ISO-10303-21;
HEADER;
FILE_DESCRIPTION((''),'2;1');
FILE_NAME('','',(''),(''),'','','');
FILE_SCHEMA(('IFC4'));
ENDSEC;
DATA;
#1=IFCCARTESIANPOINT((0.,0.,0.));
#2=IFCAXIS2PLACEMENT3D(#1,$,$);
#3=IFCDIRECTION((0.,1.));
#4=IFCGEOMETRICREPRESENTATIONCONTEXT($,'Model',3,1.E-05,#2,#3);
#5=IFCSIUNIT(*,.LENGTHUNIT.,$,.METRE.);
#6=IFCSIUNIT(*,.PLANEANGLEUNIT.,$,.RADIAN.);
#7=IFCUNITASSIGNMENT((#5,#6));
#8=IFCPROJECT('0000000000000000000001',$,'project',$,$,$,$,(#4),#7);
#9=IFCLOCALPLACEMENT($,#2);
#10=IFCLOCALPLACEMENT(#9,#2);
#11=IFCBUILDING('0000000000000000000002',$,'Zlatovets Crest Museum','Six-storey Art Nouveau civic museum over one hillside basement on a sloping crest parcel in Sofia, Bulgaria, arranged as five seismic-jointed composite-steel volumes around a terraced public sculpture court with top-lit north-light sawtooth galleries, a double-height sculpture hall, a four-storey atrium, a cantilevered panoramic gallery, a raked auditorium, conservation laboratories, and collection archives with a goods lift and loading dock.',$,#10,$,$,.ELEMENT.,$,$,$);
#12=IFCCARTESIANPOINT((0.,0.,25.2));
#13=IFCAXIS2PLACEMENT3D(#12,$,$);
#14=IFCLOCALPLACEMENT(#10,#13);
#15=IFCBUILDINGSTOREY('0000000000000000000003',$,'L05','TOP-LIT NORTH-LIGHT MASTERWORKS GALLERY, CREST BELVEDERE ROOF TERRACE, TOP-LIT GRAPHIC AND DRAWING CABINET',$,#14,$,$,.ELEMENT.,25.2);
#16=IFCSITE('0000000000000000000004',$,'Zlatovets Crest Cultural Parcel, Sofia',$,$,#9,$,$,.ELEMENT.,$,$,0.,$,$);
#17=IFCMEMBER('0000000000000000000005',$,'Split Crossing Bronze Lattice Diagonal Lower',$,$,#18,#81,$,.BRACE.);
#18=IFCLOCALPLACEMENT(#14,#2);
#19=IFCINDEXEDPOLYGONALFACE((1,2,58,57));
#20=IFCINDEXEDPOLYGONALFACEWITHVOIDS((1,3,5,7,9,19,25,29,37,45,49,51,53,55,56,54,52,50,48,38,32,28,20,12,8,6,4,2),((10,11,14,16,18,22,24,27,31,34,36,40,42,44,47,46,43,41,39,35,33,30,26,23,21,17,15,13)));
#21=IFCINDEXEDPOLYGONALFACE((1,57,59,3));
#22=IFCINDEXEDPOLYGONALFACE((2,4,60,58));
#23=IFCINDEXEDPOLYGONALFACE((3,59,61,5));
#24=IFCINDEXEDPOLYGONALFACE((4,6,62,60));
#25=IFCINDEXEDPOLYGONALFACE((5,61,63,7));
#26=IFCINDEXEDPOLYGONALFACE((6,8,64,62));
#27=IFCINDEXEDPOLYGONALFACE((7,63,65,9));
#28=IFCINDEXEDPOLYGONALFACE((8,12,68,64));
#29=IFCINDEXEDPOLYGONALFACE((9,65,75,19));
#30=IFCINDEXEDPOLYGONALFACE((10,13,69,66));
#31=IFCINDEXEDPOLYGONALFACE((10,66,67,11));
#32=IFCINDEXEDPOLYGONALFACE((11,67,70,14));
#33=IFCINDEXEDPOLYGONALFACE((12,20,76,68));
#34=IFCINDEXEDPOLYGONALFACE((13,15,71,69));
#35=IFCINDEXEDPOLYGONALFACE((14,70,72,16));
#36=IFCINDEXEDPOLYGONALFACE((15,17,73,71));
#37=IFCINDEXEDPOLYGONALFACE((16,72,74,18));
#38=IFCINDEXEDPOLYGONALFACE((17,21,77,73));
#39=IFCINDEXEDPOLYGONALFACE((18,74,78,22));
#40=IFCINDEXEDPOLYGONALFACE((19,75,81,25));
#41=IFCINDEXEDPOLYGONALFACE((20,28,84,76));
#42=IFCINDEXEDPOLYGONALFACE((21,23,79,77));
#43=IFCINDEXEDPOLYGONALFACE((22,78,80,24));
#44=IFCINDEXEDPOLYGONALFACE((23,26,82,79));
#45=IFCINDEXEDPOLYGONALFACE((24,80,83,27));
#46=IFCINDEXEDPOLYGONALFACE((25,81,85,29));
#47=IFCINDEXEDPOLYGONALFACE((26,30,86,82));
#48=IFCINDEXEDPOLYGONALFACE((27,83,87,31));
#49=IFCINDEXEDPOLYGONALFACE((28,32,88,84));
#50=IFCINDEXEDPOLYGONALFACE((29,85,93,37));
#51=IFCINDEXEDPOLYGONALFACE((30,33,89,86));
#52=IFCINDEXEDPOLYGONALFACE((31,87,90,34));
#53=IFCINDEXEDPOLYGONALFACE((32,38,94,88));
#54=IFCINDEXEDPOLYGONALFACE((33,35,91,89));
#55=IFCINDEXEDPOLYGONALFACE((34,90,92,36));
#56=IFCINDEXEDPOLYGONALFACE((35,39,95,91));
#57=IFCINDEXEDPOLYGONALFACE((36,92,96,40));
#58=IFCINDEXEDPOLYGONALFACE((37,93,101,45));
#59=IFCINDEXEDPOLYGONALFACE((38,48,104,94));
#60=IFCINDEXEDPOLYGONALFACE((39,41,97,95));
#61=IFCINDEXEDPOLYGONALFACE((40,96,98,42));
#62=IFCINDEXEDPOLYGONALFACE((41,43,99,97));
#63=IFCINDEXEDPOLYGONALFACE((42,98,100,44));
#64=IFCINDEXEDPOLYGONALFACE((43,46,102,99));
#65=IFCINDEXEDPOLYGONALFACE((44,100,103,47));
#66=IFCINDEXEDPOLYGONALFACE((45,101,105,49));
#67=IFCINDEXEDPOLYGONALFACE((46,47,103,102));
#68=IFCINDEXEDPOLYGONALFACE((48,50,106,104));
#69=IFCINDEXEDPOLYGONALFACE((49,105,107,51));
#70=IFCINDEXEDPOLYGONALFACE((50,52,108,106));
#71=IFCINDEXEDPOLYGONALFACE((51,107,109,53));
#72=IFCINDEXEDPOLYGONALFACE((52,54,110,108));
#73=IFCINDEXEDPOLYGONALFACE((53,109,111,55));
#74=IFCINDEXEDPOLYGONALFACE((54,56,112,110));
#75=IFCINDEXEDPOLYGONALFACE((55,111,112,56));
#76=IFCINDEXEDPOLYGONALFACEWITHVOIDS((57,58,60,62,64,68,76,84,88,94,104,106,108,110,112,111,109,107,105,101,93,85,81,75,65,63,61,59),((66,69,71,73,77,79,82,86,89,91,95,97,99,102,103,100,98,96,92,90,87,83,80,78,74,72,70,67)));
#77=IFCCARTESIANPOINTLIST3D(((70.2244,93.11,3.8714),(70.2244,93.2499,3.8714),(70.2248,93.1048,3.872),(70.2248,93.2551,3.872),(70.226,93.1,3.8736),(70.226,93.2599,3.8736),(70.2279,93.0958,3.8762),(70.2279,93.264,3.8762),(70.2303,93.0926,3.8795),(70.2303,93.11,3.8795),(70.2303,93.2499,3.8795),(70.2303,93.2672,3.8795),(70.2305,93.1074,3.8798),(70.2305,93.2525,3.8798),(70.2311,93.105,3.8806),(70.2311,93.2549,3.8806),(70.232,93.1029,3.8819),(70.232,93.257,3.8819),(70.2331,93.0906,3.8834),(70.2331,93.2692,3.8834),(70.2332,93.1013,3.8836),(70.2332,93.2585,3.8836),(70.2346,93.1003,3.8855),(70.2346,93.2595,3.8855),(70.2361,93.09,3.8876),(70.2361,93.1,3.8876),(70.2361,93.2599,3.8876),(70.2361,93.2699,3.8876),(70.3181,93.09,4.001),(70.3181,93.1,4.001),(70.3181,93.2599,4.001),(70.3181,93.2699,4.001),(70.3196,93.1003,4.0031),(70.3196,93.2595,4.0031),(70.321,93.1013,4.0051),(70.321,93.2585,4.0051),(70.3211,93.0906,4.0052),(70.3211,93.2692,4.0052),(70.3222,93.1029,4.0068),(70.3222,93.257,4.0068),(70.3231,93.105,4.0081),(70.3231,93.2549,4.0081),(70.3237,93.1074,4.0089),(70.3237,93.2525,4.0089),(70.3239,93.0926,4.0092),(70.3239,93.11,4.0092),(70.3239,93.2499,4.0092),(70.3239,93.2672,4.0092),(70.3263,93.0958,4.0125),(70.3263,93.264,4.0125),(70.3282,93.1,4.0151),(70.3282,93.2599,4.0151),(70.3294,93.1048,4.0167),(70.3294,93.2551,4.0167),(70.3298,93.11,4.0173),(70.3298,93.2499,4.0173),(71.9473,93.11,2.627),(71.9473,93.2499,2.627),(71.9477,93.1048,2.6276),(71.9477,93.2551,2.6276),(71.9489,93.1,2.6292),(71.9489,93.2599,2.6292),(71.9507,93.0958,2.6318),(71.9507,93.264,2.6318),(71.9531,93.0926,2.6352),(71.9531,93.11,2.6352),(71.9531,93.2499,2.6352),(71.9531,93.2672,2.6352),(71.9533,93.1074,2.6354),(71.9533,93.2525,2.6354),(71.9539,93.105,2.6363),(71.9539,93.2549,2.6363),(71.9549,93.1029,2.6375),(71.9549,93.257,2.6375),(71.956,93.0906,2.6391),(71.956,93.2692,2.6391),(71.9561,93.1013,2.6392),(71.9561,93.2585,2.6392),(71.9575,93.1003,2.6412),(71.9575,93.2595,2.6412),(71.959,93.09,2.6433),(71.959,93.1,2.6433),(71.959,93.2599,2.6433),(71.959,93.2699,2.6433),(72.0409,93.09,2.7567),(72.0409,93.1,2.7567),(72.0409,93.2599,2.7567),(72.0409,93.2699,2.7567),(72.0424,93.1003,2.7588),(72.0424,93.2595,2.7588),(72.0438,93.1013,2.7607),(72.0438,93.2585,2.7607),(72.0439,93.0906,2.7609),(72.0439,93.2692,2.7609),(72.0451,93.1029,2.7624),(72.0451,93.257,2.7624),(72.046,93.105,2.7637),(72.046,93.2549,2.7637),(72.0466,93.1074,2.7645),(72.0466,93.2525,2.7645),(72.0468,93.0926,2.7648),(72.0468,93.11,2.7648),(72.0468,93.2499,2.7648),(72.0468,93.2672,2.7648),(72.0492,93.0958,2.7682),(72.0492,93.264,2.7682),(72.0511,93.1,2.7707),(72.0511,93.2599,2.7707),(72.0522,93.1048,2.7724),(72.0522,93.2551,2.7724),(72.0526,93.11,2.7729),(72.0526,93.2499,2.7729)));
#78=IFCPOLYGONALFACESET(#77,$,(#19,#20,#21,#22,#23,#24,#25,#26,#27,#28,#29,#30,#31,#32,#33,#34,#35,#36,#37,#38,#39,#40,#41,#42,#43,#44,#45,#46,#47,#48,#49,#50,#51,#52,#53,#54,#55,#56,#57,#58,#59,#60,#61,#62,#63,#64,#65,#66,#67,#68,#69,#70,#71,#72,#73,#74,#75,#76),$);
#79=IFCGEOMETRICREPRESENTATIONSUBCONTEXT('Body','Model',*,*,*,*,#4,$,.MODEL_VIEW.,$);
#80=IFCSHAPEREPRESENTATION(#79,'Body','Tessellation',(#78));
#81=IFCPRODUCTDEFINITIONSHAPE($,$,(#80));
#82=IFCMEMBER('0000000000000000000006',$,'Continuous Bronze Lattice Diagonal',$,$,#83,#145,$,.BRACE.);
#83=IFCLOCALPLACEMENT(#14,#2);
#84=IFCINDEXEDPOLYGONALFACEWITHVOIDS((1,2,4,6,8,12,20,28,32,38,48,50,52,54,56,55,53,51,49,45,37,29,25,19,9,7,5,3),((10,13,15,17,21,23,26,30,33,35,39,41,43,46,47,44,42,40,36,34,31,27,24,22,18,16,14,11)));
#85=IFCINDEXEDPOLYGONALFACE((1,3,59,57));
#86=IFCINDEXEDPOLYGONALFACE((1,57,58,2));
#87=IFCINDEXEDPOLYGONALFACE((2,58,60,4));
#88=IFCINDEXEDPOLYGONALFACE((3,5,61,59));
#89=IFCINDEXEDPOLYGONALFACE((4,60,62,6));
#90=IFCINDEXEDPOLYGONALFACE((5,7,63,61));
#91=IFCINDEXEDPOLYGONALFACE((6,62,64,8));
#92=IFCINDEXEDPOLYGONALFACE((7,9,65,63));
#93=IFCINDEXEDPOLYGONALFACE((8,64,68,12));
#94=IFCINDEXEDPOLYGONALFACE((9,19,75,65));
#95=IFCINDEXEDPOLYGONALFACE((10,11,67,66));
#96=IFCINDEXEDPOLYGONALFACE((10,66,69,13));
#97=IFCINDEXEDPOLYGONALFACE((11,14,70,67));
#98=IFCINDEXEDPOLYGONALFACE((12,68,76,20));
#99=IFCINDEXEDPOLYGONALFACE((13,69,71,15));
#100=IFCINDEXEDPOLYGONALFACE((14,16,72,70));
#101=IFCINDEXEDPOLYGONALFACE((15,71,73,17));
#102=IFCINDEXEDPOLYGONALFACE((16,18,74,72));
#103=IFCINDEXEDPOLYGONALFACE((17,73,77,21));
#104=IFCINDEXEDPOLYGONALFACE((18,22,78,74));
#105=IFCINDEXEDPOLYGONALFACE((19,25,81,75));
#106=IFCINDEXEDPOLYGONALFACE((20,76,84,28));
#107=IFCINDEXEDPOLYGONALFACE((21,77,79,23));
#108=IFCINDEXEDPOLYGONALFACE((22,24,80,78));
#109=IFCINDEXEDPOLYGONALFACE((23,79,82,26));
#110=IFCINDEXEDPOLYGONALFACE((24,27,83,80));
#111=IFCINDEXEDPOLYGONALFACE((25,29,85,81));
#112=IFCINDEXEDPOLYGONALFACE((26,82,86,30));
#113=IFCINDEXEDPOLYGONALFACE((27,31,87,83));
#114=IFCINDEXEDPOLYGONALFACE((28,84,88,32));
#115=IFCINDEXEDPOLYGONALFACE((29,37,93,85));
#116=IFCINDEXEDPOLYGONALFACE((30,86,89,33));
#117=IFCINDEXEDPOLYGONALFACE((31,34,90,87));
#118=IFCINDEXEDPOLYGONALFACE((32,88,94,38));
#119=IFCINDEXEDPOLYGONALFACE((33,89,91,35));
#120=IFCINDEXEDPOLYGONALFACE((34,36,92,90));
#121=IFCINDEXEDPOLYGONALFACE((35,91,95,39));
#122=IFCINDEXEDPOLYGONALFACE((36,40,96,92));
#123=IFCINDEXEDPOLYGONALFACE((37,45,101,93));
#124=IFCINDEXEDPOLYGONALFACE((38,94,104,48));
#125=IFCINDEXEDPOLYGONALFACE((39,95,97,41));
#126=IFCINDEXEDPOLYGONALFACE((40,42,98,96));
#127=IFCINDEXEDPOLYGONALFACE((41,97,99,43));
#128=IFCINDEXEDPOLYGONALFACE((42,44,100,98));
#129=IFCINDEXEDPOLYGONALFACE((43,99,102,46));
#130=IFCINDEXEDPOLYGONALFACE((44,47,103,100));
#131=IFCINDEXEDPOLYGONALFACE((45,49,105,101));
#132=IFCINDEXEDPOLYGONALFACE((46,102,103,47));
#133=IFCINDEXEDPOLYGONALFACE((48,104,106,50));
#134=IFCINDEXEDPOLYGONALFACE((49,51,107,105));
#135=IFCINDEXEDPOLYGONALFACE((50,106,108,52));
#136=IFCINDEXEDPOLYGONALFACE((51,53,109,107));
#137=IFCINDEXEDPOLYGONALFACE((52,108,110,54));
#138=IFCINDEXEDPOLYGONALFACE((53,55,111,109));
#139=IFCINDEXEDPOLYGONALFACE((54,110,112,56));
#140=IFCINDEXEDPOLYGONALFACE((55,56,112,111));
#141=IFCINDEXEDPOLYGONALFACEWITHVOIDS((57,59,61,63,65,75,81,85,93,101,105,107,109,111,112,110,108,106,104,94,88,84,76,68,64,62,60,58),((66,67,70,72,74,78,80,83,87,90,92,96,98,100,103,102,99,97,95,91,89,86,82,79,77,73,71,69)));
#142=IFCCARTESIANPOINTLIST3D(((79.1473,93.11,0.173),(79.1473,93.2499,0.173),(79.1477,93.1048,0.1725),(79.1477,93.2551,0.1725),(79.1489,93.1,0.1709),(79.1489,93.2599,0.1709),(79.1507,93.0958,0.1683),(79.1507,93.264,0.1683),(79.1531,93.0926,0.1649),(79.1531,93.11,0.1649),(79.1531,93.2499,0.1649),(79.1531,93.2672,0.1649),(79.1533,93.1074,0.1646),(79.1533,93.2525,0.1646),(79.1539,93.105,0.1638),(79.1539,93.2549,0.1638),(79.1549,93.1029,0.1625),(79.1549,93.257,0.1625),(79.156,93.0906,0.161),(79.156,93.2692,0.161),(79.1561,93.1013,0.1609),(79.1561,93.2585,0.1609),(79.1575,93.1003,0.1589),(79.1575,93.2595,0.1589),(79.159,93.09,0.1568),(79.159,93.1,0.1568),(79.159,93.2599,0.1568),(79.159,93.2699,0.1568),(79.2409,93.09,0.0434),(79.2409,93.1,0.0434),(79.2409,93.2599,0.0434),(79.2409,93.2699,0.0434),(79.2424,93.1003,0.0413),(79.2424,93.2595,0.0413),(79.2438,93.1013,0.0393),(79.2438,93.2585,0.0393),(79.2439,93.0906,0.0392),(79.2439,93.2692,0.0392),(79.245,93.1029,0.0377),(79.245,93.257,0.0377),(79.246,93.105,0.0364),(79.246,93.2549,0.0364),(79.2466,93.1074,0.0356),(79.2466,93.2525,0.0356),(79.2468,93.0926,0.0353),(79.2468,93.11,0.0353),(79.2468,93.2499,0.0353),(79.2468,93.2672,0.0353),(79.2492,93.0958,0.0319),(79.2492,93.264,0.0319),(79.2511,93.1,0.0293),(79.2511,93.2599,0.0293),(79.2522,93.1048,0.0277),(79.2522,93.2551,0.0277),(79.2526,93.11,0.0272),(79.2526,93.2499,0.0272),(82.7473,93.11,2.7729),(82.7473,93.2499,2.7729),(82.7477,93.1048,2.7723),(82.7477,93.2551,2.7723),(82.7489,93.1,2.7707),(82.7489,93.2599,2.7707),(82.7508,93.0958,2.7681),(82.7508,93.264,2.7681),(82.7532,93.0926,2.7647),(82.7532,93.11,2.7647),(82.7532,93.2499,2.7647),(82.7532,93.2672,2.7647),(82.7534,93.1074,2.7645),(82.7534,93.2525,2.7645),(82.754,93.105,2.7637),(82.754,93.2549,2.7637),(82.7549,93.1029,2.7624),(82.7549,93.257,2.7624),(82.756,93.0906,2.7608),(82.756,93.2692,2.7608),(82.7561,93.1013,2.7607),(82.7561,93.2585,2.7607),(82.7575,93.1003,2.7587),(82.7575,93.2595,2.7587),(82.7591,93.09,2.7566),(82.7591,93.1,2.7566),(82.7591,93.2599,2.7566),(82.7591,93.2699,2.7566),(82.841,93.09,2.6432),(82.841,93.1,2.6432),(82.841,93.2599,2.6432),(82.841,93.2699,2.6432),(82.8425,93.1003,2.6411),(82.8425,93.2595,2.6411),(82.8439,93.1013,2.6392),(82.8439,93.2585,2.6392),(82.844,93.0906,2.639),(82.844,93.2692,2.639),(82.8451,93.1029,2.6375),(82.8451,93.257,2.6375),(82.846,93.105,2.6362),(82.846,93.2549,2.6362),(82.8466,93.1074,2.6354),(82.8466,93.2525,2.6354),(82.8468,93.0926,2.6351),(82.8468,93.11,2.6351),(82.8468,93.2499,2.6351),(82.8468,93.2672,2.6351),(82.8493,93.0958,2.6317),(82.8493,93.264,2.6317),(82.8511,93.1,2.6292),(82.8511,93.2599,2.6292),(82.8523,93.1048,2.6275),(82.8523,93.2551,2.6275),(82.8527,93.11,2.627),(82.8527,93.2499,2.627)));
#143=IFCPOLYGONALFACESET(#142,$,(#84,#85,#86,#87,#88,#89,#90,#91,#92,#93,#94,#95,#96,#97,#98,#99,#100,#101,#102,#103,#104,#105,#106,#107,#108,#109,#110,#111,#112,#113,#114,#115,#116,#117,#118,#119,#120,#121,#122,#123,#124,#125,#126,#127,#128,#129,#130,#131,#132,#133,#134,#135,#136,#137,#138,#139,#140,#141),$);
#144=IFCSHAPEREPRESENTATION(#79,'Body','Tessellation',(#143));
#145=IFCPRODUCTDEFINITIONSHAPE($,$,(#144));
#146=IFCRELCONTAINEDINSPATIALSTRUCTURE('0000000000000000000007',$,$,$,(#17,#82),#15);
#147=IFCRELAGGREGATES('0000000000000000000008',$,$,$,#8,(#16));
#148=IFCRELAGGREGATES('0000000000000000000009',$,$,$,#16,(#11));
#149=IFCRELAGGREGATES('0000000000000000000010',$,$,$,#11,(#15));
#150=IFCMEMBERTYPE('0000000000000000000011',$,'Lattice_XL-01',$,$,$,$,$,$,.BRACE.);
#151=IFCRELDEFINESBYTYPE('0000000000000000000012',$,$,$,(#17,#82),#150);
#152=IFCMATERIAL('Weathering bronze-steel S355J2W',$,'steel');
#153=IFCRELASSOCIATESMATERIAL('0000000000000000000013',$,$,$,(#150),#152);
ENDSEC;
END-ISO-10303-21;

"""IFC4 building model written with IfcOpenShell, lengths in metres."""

from ifc_helpers import new_model, si_unit, direction, frame, origin, origin_2d, place, context, subcontext, project, spatial, hollow_rectangle, extrude, material, material_profile, profile_set, type_object, element, save


model = new_model("IFC4")

# Units and contexts
model_context = context("Model", 3, precision=1e-05, world=origin(), true_north=direction((0.0, 1.0)))
body_context = subcontext(model_context, "Body", "Model", "MODEL_VIEW")
ifc_project = project(units=[si_unit("LENGTHUNIT", "METRE"), si_unit("PLANEANGLEUNIT", "RADIAN")], contexts=[model_context])

# Site, building, storey
site_placement = place(None, origin())
site = spatial("IfcSite", under=ifc_project, at=site_placement, Name="Zlatovets Crest Cultural Parcel, Sofia", CompositionType="ELEMENT", RefElevation=0.0)
building_placement = place(site_placement, origin())
building = spatial("IfcBuilding", under=site, at=building_placement, Name="Zlatovets Crest Museum", Description="Six-storey Art Nouveau civic museum over one hillside basement on a sloping crest parcel in Sofia, Bulgaria, arranged as five seismic-jointed composite-steel volumes around a terraced public sculpture court with top-lit north-light sawtooth galleries, a double-height sculpture hall, a four-storey atrium, a cantilevered panoramic gallery, a raked auditorium, conservation laboratories, and collection archives with a goods lift and loading dock.", CompositionType="ELEMENT")
storey_placement = place(building_placement, frame((0.0, 0.0, 25.2)))
storey = spatial("IfcBuildingStorey", under=building, at=storey_placement, Name="L05", Description="TOP-LIT NORTH-LIGHT MASTERWORKS GALLERY, CREST BELVEDERE ROOF TERRACE, TOP-LIT GRAPHIC AND DRAWING CABINET", CompositionType="ELEMENT", Elevation=25.2)

# Members
ifc_material_1 = material(Name="Weathering bronze-steel S355J2W", Category="steel")
ifc_material_profile_1 = material_profile(ifc_material_1, hollow_rectangle(XDim=0.1799, YDim=0.1799, WallThickness=0.01, InnerFilletRadius=0.01, OuterFilletRadius=0.02, at=origin_2d()), Name="SHS 180x180x10.0")
ifc_profile_set_1 = profile_set([ifc_material_profile_1], Name="Weathering bronze-steel S355J2W")
member_type_1 = type_object("IfcMemberType", Name="Lattice_XL-01", PredefinedType="BRACE", material=ifc_profile_set_1)
for number, where, z_axis, x_axis, name in (
    (1, (70.2771, 93.1799, 3.9443), (0.810664, 0.0, -0.585512), (0.0, 1.0, 0.0), "Split Crossing Bronze Lattice Diagonal Lower"),
):
    element("IfcMember", number, at=place(storey_placement, frame(where, z_axis=z_axis, x_axis=x_axis)), inside=storey, type_object=member_type_1, Name=name, PredefinedType="BRACE", context=body_context, shape_type="SweptSolid", body=[
        extrude(hollow_rectangle(XDim=0.1799, YDim=0.1799, WallThickness=0.01, InnerFilletRadius=0.01, OuterFilletRadius=0.02, at=origin_2d()), origin(), (0.0, 0.0, 1.0), 2.1252),
    ])
member_1_placement = place(storey_placement, frame((79.2, 93.1799, 0.1001), z_axis=(0.810702, 0.0, 0.585458), x_axis=(0.0, 1.0, 0.0)))
element("IfcMember", 2, at=member_1_placement, inside=storey, type_object=member_type_1, Name="Continuous Bronze Lattice Diagonal", PredefinedType="BRACE", context=body_context, shape_type="SweptSolid", body=[
    extrude(hollow_rectangle(XDim=0.1799, YDim=0.1799, WallThickness=0.01, InnerFilletRadius=0.01, OuterFilletRadius=0.02, at=origin_2d()), origin(), (0.0, 0.0, 1.0), 4.4407),
])

save(model, "model.ifc")
